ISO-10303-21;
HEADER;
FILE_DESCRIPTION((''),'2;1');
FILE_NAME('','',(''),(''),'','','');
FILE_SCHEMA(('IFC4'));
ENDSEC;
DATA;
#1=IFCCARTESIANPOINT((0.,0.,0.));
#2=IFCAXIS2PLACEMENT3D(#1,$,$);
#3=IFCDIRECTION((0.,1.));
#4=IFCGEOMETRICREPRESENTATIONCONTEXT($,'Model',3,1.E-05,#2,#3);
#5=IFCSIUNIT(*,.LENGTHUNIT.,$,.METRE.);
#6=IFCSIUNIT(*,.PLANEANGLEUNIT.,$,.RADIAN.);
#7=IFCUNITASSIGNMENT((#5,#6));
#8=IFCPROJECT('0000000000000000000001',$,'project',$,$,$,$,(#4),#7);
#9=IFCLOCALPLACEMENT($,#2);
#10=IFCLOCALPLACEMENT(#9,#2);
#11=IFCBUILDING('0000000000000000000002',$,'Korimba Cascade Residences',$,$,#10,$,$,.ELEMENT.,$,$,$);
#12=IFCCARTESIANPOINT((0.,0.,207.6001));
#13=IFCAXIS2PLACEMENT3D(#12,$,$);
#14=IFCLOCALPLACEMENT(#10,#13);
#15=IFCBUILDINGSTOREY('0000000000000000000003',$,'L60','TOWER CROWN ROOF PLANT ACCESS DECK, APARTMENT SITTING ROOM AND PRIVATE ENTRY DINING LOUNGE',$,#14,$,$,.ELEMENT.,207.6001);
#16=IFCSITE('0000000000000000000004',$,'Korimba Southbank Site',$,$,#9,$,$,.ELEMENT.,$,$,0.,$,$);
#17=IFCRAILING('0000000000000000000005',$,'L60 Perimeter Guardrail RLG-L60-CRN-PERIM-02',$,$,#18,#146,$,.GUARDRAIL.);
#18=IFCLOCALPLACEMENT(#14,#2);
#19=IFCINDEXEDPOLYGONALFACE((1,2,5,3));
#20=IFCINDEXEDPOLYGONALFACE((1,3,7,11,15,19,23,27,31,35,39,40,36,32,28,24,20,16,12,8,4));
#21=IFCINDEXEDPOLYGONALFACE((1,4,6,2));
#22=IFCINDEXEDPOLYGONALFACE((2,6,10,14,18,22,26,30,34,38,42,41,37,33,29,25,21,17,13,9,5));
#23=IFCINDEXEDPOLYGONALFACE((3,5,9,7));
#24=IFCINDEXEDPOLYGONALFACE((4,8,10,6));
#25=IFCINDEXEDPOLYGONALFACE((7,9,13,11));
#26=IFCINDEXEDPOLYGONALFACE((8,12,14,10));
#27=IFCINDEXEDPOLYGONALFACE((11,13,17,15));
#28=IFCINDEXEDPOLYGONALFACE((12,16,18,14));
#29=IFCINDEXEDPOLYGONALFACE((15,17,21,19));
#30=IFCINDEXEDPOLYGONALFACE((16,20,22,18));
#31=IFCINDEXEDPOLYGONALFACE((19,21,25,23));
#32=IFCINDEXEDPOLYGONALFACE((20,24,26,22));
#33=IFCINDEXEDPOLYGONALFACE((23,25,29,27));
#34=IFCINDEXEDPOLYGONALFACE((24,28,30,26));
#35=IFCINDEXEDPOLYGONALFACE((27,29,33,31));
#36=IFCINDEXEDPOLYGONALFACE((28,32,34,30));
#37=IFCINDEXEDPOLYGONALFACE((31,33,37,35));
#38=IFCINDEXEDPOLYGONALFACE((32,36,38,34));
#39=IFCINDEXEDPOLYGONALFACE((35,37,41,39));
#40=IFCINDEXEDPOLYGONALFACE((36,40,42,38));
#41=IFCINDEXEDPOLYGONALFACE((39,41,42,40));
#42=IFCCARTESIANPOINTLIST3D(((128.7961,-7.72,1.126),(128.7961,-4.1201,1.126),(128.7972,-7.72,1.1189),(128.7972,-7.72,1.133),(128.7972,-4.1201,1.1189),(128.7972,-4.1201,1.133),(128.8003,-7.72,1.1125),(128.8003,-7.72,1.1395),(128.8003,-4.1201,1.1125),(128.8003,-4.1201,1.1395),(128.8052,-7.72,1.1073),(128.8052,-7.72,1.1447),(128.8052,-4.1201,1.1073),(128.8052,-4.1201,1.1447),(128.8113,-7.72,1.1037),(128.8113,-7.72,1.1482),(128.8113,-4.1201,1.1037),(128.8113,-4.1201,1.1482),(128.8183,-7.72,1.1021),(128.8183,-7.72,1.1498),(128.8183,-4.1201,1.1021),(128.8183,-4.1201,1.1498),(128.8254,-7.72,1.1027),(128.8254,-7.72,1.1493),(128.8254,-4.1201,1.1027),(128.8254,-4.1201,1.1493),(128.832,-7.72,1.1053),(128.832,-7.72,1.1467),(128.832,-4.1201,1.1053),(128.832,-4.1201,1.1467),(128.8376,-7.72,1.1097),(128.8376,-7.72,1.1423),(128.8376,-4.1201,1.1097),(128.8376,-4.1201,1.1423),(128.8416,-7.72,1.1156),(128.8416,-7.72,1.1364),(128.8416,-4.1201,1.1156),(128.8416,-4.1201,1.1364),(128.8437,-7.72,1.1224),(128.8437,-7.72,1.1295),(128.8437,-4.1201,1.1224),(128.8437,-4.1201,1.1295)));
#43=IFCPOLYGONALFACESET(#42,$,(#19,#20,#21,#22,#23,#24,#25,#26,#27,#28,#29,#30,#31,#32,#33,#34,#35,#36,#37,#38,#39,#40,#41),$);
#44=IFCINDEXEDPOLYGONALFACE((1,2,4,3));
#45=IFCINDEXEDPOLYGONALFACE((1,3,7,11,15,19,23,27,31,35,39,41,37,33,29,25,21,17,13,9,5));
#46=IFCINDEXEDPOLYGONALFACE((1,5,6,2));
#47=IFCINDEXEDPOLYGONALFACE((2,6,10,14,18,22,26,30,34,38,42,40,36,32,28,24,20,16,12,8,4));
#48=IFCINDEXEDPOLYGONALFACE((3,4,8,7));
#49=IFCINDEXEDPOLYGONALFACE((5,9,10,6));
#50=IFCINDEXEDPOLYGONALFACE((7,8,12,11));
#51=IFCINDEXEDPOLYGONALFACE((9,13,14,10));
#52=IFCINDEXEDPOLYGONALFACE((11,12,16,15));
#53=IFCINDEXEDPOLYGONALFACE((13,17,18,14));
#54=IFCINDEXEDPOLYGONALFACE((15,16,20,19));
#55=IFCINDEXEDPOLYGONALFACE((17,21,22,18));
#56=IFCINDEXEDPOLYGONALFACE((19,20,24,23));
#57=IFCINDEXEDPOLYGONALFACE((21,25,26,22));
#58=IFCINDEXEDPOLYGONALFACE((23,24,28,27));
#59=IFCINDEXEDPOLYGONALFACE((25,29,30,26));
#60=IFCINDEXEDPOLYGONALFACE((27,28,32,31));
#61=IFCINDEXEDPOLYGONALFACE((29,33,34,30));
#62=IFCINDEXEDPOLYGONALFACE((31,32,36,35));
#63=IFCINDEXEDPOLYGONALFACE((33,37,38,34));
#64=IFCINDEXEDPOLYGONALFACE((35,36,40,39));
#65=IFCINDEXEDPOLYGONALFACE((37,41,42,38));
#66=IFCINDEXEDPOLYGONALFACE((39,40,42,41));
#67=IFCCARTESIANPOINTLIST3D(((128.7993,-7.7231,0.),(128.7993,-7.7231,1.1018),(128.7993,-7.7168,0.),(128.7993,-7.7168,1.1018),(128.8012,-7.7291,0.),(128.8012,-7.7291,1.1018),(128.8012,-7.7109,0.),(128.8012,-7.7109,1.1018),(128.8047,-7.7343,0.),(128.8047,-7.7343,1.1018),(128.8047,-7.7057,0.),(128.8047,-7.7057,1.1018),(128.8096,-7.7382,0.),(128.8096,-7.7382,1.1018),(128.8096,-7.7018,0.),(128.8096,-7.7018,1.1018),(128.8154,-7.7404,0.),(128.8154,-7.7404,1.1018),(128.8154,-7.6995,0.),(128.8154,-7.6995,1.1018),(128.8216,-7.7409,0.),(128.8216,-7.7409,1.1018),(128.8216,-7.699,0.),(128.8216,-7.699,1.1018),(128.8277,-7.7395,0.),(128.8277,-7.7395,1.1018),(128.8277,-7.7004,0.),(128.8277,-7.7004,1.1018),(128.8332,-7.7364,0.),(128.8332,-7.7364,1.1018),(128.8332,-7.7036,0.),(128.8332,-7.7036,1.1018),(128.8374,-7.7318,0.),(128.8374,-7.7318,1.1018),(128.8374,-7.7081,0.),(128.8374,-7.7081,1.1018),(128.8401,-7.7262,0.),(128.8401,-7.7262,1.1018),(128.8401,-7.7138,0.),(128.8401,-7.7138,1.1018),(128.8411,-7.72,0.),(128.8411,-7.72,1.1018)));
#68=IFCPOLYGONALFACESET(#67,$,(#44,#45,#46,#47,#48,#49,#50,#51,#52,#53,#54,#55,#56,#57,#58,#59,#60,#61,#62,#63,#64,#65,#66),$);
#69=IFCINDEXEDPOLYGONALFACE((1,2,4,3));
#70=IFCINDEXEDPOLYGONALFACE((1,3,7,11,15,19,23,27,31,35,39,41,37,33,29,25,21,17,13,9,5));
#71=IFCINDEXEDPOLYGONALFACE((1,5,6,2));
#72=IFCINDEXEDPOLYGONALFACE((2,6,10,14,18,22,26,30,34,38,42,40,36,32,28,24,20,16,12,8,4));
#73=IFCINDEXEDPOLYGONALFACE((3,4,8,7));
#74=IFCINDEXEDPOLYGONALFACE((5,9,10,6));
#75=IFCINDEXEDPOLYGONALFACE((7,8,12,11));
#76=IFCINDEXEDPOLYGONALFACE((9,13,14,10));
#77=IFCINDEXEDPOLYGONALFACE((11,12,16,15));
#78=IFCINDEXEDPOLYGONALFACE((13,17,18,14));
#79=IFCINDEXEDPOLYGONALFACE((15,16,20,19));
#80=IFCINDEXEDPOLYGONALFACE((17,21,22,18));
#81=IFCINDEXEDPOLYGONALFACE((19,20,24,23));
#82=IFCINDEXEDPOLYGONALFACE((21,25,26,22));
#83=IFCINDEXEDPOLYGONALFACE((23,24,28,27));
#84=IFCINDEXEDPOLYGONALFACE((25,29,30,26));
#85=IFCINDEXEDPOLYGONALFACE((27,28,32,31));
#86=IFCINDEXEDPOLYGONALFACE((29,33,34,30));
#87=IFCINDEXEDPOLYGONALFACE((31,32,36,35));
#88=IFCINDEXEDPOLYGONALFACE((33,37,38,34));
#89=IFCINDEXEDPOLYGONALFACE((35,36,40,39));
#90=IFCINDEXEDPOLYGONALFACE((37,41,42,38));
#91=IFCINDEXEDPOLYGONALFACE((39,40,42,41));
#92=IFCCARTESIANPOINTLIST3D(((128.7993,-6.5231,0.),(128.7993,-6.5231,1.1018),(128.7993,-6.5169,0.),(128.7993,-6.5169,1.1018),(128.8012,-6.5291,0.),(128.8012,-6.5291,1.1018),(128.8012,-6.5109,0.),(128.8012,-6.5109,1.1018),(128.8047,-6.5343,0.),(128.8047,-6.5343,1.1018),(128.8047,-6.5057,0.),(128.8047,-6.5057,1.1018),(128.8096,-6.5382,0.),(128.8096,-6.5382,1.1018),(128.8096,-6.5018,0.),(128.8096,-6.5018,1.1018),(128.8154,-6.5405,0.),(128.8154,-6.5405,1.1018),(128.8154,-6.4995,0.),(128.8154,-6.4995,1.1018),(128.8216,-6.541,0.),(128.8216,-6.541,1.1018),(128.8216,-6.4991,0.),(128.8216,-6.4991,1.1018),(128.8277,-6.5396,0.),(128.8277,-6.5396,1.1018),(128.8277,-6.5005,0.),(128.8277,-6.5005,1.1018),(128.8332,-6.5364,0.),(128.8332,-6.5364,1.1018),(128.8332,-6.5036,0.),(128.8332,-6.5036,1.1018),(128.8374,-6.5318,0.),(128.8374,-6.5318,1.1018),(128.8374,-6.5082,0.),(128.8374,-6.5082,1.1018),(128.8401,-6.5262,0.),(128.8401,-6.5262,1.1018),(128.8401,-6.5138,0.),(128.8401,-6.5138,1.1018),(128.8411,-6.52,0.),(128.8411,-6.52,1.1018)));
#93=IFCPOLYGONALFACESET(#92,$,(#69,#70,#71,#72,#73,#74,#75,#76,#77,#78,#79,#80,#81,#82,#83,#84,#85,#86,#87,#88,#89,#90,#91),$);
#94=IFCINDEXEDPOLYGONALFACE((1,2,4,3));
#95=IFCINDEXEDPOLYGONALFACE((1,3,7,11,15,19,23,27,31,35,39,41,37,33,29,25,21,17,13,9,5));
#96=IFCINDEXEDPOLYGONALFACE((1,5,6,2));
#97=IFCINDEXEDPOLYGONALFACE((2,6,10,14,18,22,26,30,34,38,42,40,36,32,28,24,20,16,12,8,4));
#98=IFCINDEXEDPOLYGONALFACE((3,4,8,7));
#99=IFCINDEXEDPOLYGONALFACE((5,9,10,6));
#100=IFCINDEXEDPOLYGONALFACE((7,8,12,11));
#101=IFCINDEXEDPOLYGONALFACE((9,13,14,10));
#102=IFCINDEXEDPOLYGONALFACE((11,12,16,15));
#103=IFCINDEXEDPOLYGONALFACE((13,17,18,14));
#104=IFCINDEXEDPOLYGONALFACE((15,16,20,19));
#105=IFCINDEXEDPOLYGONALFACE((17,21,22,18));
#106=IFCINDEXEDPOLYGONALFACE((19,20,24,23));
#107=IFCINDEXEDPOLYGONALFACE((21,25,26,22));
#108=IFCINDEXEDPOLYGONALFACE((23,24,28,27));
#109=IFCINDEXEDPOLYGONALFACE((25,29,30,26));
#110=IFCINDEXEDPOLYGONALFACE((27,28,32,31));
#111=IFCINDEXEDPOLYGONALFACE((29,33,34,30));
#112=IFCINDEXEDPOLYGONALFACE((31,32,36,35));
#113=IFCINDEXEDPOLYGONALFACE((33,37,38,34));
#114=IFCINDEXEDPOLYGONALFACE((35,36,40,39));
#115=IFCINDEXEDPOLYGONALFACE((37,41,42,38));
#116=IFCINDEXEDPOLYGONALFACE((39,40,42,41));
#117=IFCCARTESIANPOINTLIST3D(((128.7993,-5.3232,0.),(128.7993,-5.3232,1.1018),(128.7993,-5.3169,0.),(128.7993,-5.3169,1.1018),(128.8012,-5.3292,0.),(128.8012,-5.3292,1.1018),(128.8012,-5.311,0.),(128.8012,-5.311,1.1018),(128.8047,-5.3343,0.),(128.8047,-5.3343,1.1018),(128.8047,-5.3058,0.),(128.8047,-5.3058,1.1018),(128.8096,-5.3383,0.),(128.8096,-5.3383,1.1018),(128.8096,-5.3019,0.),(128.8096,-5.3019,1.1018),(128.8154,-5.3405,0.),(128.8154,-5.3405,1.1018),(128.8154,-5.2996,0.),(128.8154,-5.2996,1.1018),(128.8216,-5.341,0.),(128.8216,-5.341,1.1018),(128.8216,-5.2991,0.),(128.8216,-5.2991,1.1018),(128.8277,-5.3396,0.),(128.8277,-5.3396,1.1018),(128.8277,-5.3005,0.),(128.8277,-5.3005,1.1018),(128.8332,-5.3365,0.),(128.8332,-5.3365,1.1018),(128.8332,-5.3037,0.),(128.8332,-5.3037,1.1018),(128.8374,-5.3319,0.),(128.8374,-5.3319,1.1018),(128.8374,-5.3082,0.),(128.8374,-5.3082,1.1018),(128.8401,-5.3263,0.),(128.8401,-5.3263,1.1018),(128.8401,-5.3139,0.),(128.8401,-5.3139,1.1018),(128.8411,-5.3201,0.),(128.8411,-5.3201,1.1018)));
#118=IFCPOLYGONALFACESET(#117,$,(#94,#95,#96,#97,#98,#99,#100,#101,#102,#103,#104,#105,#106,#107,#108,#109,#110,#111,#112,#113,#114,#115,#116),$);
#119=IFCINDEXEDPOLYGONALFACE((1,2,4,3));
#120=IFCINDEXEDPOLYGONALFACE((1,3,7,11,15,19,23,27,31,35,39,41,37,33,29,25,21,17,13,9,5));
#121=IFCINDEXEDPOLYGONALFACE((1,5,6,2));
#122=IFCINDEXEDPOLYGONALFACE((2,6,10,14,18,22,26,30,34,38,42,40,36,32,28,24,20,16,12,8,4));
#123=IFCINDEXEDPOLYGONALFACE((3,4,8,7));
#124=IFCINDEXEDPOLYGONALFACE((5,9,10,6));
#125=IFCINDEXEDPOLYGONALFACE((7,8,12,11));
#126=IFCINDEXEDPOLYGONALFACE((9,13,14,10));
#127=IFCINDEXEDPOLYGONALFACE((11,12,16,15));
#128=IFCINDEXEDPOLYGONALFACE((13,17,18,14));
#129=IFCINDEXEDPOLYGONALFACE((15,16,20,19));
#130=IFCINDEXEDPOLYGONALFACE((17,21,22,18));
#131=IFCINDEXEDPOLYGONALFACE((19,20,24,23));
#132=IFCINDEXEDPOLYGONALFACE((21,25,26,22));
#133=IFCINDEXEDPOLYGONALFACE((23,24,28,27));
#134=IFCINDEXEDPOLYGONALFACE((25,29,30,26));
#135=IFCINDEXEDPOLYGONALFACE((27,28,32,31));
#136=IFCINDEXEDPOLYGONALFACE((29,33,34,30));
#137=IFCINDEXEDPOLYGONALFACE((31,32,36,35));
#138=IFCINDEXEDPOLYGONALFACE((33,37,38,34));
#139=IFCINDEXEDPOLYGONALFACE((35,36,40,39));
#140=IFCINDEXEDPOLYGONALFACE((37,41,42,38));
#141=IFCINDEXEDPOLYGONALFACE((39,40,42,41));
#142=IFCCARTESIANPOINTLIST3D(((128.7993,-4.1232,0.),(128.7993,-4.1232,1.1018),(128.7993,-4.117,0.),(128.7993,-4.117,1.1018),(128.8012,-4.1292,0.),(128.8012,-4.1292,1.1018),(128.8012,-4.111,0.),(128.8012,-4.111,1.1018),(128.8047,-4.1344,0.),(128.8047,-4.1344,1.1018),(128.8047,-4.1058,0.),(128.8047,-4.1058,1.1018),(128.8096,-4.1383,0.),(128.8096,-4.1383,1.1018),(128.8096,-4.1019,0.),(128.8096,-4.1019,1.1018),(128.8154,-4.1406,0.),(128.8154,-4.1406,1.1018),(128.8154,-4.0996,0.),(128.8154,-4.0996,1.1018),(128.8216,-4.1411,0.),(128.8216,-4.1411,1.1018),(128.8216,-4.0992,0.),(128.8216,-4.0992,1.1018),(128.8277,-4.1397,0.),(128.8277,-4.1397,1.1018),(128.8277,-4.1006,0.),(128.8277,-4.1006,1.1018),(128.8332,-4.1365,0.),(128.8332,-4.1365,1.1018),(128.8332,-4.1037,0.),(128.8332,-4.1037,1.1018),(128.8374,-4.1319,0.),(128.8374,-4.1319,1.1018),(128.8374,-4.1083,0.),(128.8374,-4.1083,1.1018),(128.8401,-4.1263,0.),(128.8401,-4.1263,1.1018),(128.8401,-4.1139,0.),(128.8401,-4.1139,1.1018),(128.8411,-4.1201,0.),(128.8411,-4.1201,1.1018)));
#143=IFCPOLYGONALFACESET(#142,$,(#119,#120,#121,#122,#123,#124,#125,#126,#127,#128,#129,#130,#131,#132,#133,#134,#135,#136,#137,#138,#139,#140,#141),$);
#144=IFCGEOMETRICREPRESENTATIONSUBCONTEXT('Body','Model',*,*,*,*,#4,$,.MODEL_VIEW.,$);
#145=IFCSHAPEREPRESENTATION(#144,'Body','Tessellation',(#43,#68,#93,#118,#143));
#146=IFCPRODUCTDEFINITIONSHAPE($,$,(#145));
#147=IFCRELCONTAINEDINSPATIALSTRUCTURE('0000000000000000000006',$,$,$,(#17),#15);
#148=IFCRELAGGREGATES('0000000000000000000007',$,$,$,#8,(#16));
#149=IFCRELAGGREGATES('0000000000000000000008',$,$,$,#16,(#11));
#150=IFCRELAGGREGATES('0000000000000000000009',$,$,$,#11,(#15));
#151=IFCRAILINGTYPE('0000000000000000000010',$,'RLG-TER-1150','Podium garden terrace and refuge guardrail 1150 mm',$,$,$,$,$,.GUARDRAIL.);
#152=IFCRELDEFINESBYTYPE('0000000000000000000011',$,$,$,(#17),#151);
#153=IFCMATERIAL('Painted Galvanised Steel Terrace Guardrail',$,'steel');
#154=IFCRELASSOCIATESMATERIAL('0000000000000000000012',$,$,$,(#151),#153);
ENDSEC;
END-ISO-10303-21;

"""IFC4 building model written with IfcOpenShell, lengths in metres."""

from ifc_helpers import new_model, si_unit, direction, frame, origin, origin_2d, place, context, subcontext, project, spatial, circle, extrude, material, type_object, element, save


model = new_model("IFC4")

# Units and contexts
model_context = context("Model", 3, precision=1e-05, world=origin(), true_north=direction((0.0, 1.0)))
body_context = subcontext(model_context, "Body", "Model", "MODEL_VIEW")
ifc_project = project(units=[si_unit("LENGTHUNIT", "METRE"), si_unit("PLANEANGLEUNIT", "RADIAN")], contexts=[model_context])

# Site, building, storey
site_placement = place(None, origin())
site = spatial("IfcSite", under=ifc_project, at=site_placement, Name="Korimba Southbank Site", CompositionType="ELEMENT", RefElevation=0.0)
building_placement = place(site_placement, origin())
building = spatial("IfcBuilding", under=site, at=building_placement, Name="Korimba Cascade Residences", CompositionType="ELEMENT")
storey_placement = place(building_placement, frame((0.0, 0.0, 207.6001)))
storey = spatial("IfcBuildingStorey", under=building, at=storey_placement, Name="L60", Description="TOWER CROWN ROOF PLANT ACCESS DECK, APARTMENT SITTING ROOM AND PRIVATE ENTRY DINING LOUNGE", CompositionType="ELEMENT", Elevation=207.6001)

# Railing
ifc_material_1 = material(Name="Painted Galvanised Steel Terrace Guardrail", Category="steel")
railing_type = type_object("IfcRailingType", Name="RLG-TER-1150", Description="Podium garden terrace and refuge guardrail 1150 mm", PredefinedType="GUARDRAIL", material=ifc_material_1)
railing_1_placement = place(storey_placement, frame((128.8201, -7.72, 0.0)))
element("IfcRailing", 1, at=railing_1_placement, inside=storey, type_object=railing_type, Name="L60 Perimeter Guardrail RLG-L60-CRN-PERIM-02", PredefinedType="GUARDRAIL", context=body_context, shape_type="SweptSolid", body=[
    extrude(circle(Radius=0.0239, at=origin_2d()), frame((0.0, 0.0, 1.126), z_axis=(0.0, 1.0, 0.0), x_axis=(-1.0, 0.0, 0.0)), (0.0, 0.0, 1.0), 3.5999),
    extrude(circle(Radius=0.021, at=origin_2d()), origin(), (0.0, 0.0, 1.0), 1.1018),
    extrude(circle(Radius=0.021, at=origin_2d()), frame((0.0, 1.2, 0.0)), (0.0, 0.0, 1.0), 1.1018),
    extrude(circle(Radius=0.021, at=origin_2d()), frame((0.0, 2.3999, 0.0)), (0.0, 0.0, 1.0), 1.1018),
    extrude(circle(Radius=0.021, at=origin_2d()), frame((0.0, 3.5999, 0.0)), (0.0, 0.0, 1.0), 1.1018),
])

save(model, "model.ifc")
